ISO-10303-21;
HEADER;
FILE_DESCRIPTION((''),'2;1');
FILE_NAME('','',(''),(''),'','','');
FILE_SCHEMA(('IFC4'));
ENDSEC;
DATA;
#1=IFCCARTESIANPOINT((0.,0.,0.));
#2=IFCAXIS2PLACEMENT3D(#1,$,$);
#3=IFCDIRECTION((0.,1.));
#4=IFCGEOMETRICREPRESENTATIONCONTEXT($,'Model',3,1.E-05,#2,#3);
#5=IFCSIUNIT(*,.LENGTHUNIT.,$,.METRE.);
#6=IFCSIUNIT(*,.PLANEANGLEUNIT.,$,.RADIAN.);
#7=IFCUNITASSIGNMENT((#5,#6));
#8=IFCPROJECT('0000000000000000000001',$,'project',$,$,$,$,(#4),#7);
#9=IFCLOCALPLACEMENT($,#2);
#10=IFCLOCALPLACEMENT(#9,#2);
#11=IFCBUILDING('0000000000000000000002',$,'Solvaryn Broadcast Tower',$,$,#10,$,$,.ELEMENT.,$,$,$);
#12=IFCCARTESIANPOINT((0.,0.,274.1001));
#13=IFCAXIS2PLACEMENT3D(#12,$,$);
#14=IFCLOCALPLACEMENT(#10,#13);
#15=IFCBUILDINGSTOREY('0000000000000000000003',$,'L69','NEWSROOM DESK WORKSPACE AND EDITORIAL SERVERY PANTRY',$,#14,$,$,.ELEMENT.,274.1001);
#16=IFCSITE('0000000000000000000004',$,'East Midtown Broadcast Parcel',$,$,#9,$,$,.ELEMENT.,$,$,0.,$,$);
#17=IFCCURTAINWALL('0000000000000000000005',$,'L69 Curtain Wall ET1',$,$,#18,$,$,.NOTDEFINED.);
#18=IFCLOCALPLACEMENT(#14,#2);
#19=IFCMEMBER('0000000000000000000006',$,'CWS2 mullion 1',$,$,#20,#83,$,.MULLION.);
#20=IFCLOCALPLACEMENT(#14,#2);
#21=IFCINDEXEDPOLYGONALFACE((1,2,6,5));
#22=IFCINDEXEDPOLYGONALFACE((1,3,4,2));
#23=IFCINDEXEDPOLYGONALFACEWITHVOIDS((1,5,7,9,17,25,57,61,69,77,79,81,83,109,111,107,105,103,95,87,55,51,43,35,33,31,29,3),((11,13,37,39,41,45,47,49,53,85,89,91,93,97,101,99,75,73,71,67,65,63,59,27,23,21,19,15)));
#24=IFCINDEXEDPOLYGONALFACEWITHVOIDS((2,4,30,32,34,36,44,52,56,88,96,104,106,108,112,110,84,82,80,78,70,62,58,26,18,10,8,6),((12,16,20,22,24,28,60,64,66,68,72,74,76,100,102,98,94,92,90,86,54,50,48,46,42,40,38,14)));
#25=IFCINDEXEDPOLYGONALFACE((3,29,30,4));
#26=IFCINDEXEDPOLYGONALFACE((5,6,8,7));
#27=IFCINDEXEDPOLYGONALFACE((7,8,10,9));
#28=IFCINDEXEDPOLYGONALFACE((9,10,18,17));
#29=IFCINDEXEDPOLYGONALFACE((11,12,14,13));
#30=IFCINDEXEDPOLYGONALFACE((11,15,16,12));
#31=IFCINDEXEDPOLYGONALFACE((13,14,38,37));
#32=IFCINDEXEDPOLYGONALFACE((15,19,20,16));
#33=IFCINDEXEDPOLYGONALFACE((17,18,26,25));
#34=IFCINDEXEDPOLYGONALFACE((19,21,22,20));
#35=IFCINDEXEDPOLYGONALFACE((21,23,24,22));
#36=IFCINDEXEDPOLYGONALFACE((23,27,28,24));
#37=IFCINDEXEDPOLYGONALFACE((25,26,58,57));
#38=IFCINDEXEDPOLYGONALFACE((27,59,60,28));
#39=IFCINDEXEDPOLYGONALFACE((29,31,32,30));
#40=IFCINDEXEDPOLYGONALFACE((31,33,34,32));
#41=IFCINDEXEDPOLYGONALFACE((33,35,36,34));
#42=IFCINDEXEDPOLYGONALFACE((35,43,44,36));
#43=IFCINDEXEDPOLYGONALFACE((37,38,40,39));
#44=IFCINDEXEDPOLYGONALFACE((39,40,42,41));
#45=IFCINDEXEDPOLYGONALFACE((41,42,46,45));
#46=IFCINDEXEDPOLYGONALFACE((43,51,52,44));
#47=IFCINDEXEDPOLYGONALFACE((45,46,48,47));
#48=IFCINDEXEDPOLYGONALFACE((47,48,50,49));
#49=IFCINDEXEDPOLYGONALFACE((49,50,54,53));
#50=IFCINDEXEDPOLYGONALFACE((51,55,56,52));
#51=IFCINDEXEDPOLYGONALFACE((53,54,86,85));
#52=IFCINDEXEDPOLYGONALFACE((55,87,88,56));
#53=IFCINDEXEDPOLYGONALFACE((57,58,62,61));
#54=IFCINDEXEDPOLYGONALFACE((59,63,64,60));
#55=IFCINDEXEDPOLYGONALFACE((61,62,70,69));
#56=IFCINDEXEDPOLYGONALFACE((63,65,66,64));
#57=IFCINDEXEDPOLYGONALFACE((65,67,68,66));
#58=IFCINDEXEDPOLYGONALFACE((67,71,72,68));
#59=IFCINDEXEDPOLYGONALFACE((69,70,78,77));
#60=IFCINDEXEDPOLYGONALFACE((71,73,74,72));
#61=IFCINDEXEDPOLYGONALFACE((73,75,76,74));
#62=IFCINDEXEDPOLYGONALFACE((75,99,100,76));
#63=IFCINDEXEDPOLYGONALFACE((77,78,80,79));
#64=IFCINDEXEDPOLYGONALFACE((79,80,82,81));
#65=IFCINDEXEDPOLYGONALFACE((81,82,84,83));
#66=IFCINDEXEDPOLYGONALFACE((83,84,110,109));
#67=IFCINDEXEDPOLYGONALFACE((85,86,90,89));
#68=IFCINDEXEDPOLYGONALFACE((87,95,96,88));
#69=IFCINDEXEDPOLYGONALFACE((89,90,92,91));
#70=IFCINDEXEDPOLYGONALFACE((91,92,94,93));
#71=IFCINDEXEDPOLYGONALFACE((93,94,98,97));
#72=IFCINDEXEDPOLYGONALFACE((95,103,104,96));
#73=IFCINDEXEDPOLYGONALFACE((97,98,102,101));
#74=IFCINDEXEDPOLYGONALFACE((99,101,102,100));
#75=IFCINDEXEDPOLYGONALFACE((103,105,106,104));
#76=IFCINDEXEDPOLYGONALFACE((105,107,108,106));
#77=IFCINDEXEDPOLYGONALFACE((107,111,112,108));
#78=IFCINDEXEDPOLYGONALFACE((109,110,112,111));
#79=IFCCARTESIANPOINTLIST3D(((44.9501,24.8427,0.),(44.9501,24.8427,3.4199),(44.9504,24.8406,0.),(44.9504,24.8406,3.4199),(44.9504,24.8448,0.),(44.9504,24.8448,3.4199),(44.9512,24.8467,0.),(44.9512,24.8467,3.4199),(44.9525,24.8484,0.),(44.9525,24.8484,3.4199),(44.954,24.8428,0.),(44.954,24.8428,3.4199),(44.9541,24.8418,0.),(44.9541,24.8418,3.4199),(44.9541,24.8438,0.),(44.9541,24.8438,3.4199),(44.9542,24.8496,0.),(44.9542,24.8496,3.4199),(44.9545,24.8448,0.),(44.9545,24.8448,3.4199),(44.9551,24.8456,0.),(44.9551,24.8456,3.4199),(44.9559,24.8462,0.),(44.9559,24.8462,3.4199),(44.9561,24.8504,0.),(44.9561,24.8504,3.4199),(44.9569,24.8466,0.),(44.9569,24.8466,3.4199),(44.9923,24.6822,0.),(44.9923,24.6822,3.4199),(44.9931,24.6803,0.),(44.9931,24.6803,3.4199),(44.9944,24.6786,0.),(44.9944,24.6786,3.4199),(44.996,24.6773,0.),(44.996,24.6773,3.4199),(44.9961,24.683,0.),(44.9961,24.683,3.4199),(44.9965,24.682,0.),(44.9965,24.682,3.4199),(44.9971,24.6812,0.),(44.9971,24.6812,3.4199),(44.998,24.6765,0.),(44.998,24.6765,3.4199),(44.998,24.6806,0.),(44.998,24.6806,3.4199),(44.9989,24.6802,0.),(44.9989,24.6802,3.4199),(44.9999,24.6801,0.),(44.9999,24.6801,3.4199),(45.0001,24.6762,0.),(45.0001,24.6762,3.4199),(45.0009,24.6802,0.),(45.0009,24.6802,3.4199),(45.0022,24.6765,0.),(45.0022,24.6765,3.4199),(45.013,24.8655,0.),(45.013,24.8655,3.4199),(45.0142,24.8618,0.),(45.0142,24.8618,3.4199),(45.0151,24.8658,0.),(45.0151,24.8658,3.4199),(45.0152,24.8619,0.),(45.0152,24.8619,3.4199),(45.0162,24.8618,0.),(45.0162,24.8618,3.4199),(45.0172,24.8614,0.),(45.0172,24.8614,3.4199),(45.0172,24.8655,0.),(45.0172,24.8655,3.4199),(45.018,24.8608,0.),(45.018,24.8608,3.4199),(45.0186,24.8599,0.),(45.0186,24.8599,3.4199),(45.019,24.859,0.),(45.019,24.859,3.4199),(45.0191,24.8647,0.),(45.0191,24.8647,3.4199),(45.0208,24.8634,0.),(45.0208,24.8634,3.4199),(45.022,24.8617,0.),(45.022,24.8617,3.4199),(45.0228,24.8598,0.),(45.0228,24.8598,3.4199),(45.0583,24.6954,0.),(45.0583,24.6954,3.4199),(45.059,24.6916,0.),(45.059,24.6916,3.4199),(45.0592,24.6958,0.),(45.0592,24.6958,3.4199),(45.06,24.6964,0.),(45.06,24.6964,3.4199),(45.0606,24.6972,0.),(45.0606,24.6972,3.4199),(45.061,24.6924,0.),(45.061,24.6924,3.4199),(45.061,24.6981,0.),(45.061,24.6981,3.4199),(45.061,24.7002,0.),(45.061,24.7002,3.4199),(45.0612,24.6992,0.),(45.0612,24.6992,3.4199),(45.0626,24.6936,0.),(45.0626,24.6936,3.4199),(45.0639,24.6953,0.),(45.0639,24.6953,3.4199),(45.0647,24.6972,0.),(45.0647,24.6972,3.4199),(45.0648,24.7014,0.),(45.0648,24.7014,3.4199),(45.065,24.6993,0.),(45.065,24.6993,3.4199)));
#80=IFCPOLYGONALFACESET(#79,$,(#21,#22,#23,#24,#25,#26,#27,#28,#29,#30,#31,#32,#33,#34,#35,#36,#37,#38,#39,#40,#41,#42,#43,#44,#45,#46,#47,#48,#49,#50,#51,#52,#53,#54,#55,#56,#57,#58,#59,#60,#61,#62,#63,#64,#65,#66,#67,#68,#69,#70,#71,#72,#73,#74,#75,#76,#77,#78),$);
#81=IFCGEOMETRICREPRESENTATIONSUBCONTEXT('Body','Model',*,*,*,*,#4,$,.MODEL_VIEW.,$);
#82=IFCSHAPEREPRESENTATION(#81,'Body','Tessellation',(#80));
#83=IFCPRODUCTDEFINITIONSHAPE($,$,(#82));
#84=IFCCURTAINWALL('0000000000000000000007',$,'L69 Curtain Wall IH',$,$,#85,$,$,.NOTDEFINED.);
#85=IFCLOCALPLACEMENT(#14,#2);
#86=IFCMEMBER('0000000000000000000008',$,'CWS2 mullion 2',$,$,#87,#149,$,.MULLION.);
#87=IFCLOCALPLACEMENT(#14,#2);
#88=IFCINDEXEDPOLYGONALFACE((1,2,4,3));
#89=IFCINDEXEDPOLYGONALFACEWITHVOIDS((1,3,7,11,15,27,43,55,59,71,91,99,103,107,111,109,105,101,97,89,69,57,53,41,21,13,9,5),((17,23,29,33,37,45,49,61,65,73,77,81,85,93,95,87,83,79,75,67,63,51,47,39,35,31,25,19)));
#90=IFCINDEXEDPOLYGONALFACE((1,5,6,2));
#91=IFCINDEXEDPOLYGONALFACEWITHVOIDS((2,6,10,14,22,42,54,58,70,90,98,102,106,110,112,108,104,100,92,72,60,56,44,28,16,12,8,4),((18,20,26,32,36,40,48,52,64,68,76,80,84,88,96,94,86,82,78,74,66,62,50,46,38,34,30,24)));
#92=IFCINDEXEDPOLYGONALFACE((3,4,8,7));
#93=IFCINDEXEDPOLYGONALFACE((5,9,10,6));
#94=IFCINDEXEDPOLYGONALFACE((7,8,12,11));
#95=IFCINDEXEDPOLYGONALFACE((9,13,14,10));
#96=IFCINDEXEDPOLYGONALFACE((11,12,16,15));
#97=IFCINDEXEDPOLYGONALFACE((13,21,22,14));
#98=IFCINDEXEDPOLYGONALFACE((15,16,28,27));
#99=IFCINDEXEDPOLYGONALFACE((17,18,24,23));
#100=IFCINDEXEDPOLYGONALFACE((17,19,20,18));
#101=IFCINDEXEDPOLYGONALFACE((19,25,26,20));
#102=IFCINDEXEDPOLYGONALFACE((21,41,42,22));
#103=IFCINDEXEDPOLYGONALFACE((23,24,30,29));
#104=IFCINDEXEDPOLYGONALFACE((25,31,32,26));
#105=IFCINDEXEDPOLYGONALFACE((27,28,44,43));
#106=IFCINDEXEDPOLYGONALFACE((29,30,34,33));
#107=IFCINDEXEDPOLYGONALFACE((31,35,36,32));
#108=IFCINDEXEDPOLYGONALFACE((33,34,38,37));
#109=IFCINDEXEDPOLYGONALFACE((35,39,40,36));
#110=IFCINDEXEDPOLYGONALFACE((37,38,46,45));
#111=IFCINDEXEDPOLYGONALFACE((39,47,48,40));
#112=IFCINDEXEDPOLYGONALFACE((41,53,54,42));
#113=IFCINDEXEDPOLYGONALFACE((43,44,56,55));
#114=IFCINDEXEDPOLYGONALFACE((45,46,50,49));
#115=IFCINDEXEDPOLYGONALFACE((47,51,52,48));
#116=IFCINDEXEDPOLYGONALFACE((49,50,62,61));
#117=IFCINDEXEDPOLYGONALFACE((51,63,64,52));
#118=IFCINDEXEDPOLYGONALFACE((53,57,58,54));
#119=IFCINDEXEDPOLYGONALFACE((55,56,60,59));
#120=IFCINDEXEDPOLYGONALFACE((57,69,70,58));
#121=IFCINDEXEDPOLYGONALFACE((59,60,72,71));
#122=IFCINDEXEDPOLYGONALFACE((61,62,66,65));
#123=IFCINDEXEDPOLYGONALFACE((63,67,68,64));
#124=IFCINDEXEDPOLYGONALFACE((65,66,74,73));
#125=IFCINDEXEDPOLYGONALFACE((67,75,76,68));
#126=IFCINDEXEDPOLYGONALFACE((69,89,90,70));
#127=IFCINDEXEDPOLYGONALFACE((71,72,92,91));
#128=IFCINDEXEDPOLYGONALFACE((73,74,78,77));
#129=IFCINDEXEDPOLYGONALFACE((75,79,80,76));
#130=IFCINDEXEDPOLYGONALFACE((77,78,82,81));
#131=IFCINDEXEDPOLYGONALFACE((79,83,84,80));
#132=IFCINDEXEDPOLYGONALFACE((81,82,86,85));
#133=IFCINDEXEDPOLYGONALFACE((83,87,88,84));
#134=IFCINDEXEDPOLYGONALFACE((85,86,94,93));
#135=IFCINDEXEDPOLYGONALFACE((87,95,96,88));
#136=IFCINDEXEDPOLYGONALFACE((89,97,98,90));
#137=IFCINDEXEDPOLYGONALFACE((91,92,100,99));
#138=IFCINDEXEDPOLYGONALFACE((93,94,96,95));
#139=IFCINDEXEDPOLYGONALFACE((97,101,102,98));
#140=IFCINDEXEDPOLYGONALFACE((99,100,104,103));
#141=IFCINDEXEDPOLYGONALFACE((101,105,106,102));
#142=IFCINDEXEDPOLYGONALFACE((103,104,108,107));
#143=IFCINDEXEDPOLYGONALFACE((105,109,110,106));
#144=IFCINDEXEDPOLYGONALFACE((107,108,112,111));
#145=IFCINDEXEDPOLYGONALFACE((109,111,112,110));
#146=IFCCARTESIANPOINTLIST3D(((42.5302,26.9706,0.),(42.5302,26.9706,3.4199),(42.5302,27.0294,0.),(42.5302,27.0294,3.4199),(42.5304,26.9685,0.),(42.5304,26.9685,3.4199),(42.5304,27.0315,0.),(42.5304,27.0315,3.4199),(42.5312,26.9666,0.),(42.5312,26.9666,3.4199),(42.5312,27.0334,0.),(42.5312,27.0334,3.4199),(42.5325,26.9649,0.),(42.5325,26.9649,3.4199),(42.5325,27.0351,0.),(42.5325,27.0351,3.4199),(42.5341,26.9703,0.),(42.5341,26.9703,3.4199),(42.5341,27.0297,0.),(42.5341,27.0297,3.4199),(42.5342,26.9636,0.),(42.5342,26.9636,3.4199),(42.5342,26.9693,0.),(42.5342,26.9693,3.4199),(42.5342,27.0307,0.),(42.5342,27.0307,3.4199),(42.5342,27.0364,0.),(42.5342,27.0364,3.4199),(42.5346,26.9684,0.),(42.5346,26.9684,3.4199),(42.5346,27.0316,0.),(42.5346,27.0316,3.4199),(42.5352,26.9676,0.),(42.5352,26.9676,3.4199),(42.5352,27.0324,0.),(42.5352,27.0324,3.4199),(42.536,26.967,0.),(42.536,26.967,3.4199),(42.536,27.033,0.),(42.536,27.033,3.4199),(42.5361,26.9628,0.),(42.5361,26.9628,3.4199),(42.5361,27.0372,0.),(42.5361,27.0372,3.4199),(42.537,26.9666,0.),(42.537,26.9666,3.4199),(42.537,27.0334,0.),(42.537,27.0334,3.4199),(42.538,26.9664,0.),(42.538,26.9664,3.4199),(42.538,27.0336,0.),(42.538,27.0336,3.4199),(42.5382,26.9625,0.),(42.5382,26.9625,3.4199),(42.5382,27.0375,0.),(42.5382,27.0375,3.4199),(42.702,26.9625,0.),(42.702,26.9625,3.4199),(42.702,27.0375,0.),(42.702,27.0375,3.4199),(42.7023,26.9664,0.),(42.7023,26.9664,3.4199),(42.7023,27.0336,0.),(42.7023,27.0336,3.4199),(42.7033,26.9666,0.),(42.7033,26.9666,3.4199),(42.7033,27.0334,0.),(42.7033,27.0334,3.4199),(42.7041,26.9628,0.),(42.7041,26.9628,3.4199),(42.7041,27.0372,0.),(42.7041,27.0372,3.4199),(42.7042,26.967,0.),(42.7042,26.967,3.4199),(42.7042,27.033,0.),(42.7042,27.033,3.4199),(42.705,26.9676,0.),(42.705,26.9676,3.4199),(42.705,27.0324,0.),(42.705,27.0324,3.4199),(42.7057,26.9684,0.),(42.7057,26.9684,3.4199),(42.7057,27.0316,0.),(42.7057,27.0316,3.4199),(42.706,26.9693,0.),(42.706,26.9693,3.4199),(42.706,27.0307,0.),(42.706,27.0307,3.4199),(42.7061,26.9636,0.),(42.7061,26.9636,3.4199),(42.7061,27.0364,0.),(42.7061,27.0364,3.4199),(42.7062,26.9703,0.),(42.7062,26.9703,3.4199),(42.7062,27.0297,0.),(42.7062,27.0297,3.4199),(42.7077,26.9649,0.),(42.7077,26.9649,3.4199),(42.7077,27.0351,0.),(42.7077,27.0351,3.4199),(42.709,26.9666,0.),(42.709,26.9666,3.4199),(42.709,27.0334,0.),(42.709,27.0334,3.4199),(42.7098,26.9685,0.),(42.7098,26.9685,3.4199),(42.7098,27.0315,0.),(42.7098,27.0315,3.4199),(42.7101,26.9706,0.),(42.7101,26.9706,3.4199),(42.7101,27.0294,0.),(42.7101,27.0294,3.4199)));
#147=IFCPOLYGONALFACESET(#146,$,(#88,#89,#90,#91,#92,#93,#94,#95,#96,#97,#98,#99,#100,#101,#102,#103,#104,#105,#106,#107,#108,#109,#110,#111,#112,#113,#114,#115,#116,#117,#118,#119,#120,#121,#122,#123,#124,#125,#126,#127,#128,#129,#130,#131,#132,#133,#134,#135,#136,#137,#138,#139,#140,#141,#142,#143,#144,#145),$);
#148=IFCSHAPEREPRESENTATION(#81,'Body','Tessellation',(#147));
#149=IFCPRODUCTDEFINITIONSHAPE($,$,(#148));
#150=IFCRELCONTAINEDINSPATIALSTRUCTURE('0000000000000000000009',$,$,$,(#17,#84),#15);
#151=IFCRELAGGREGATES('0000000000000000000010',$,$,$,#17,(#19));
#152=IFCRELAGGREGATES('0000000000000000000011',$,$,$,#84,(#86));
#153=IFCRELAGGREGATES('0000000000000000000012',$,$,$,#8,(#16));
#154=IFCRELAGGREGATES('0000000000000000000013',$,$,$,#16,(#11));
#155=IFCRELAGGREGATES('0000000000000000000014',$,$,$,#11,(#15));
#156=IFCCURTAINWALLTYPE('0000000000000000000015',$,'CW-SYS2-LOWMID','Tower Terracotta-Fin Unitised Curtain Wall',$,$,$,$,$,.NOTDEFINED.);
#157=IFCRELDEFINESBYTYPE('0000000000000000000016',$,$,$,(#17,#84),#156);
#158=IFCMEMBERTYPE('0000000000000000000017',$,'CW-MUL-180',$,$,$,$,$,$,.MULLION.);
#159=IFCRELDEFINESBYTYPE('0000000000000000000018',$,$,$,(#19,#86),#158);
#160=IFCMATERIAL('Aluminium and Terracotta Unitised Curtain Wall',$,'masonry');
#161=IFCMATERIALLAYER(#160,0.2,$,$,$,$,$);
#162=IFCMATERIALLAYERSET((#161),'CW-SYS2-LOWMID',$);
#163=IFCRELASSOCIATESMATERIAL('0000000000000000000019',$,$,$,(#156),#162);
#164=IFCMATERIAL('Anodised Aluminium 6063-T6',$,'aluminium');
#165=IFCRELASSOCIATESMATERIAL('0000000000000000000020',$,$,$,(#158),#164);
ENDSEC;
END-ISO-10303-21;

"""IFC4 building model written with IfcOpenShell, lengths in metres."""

from ifc_helpers import new_model, si_unit, direction, frame, origin, origin_2d, place, context, subcontext, project, spatial, hollow_rectangle, extrude, material, layer, layer_set, material_profile, profile_set, type_object, element, aggregate, save


model = new_model("IFC4")

# Units and contexts
model_context = context("Model", 3, precision=1e-05, world=origin(), true_north=direction((0.0, 1.0)))
body_context = subcontext(model_context, "Body", "Model", "MODEL_VIEW")
ifc_project = project(units=[si_unit("LENGTHUNIT", "METRE"), si_unit("PLANEANGLEUNIT", "RADIAN")], contexts=[model_context])

# Site, building, storey
site_placement = place(None, origin())
site = spatial("IfcSite", under=ifc_project, at=site_placement, Name="East Midtown Broadcast Parcel", CompositionType="ELEMENT", RefElevation=0.0)
building_placement = place(site_placement, origin())
building = spatial("IfcBuilding", under=site, at=building_placement, Name="Solvaryn Broadcast Tower", CompositionType="ELEMENT")
storey_placement = place(building_placement, frame((0.0, 0.0, 274.1001)))
storey = spatial("IfcBuildingStorey", under=building, at=storey_placement, Name="L69", Description="NEWSROOM DESK WORKSPACE AND EDITORIAL SERVERY PANTRY", CompositionType="ELEMENT", Elevation=274.1001)

# Curtain walls, members
ifc_material_1 = material(Name="Aluminium and Terracotta Unitised Curtain Wall", Category="masonry")
ifc_layer_1 = layer(ifc_material_1, 0.2)
ifc_layer_set_1 = layer_set([ifc_layer_1], Name="CW-SYS2-LOWMID")
curtain_wall_type = type_object("IfcCurtainWallType", Name="CW-SYS2-LOWMID", Description="Tower Terracotta-Fin Unitised Curtain Wall", PredefinedType="NOTDEFINED", material=ifc_layer_set_1)
curtain_wall_1_placement = place(storey_placement, origin())
curtain_wall_1 = element("IfcCurtainWall", 1, at=curtain_wall_1_placement, inside=storey, type_object=curtain_wall_type, Name="L69 Curtain Wall ET1", PredefinedType="NOTDEFINED")
ifc_material_2 = material(Name="Anodised Aluminium 6063-T6", Category="aluminium")
ifc_material_profile_1 = material_profile(ifc_material_2, hollow_rectangle(XDim=0.075, YDim=0.1799, WallThickness=0.0039, InnerFilletRadius=0.0039, OuterFilletRadius=0.0081, at=origin_2d()))
ifc_profile_set_1 = profile_set([ifc_material_profile_1], Name="Anodised Aluminium 6063-T6")
member_type_1 = type_object("IfcMemberType", Name="CW-MUL-180", PredefinedType="MULLION", material=ifc_profile_set_1)
member_1_placement = place(storey_placement, frame((45.0076, 24.771, 0.0), z_axis=(0.0, 0.0, 1.0), x_axis=(0.966705, 0.255893, 0.0)))
member_1 = element("IfcMember", 2, at=member_1_placement, type_object=member_type_1, Name="CWS2 mullion 1", PredefinedType="MULLION", context=body_context, shape_type="SweptSolid", body=[
    extrude(hollow_rectangle(XDim=0.075, YDim=0.1799, WallThickness=0.0039, InnerFilletRadius=0.0039, OuterFilletRadius=0.0081, at=origin_2d()), origin(), (0.0, 0.0, 1.0), 3.4199),
])
curtain_wall_2_placement = place(storey_placement, origin())
curtain_wall_2 = element("IfcCurtainWall", 3, at=curtain_wall_2_placement, inside=storey, type_object=curtain_wall_type, Name="L69 Curtain Wall IH", PredefinedType="NOTDEFINED")
member_2_placement = place(storey_placement, frame((42.6201, 27.0, 0.0), z_axis=(0.0, 0.0, 1.0), x_axis=(0.0, 1.0, 0.0)))
member_2 = element("IfcMember", 4, at=member_2_placement, type_object=member_type_1, Name="CWS2 mullion 2", PredefinedType="MULLION", context=body_context, shape_type="SweptSolid", body=[
    extrude(hollow_rectangle(XDim=0.075, YDim=0.1799, WallThickness=0.0039, InnerFilletRadius=0.0039, OuterFilletRadius=0.0081, at=origin_2d()), origin(), (0.0, 0.0, 1.0), 3.4199),
])

aggregate(curtain_wall_1, [member_1])
aggregate(curtain_wall_2, [member_2])

save(model, "model.ifc")
